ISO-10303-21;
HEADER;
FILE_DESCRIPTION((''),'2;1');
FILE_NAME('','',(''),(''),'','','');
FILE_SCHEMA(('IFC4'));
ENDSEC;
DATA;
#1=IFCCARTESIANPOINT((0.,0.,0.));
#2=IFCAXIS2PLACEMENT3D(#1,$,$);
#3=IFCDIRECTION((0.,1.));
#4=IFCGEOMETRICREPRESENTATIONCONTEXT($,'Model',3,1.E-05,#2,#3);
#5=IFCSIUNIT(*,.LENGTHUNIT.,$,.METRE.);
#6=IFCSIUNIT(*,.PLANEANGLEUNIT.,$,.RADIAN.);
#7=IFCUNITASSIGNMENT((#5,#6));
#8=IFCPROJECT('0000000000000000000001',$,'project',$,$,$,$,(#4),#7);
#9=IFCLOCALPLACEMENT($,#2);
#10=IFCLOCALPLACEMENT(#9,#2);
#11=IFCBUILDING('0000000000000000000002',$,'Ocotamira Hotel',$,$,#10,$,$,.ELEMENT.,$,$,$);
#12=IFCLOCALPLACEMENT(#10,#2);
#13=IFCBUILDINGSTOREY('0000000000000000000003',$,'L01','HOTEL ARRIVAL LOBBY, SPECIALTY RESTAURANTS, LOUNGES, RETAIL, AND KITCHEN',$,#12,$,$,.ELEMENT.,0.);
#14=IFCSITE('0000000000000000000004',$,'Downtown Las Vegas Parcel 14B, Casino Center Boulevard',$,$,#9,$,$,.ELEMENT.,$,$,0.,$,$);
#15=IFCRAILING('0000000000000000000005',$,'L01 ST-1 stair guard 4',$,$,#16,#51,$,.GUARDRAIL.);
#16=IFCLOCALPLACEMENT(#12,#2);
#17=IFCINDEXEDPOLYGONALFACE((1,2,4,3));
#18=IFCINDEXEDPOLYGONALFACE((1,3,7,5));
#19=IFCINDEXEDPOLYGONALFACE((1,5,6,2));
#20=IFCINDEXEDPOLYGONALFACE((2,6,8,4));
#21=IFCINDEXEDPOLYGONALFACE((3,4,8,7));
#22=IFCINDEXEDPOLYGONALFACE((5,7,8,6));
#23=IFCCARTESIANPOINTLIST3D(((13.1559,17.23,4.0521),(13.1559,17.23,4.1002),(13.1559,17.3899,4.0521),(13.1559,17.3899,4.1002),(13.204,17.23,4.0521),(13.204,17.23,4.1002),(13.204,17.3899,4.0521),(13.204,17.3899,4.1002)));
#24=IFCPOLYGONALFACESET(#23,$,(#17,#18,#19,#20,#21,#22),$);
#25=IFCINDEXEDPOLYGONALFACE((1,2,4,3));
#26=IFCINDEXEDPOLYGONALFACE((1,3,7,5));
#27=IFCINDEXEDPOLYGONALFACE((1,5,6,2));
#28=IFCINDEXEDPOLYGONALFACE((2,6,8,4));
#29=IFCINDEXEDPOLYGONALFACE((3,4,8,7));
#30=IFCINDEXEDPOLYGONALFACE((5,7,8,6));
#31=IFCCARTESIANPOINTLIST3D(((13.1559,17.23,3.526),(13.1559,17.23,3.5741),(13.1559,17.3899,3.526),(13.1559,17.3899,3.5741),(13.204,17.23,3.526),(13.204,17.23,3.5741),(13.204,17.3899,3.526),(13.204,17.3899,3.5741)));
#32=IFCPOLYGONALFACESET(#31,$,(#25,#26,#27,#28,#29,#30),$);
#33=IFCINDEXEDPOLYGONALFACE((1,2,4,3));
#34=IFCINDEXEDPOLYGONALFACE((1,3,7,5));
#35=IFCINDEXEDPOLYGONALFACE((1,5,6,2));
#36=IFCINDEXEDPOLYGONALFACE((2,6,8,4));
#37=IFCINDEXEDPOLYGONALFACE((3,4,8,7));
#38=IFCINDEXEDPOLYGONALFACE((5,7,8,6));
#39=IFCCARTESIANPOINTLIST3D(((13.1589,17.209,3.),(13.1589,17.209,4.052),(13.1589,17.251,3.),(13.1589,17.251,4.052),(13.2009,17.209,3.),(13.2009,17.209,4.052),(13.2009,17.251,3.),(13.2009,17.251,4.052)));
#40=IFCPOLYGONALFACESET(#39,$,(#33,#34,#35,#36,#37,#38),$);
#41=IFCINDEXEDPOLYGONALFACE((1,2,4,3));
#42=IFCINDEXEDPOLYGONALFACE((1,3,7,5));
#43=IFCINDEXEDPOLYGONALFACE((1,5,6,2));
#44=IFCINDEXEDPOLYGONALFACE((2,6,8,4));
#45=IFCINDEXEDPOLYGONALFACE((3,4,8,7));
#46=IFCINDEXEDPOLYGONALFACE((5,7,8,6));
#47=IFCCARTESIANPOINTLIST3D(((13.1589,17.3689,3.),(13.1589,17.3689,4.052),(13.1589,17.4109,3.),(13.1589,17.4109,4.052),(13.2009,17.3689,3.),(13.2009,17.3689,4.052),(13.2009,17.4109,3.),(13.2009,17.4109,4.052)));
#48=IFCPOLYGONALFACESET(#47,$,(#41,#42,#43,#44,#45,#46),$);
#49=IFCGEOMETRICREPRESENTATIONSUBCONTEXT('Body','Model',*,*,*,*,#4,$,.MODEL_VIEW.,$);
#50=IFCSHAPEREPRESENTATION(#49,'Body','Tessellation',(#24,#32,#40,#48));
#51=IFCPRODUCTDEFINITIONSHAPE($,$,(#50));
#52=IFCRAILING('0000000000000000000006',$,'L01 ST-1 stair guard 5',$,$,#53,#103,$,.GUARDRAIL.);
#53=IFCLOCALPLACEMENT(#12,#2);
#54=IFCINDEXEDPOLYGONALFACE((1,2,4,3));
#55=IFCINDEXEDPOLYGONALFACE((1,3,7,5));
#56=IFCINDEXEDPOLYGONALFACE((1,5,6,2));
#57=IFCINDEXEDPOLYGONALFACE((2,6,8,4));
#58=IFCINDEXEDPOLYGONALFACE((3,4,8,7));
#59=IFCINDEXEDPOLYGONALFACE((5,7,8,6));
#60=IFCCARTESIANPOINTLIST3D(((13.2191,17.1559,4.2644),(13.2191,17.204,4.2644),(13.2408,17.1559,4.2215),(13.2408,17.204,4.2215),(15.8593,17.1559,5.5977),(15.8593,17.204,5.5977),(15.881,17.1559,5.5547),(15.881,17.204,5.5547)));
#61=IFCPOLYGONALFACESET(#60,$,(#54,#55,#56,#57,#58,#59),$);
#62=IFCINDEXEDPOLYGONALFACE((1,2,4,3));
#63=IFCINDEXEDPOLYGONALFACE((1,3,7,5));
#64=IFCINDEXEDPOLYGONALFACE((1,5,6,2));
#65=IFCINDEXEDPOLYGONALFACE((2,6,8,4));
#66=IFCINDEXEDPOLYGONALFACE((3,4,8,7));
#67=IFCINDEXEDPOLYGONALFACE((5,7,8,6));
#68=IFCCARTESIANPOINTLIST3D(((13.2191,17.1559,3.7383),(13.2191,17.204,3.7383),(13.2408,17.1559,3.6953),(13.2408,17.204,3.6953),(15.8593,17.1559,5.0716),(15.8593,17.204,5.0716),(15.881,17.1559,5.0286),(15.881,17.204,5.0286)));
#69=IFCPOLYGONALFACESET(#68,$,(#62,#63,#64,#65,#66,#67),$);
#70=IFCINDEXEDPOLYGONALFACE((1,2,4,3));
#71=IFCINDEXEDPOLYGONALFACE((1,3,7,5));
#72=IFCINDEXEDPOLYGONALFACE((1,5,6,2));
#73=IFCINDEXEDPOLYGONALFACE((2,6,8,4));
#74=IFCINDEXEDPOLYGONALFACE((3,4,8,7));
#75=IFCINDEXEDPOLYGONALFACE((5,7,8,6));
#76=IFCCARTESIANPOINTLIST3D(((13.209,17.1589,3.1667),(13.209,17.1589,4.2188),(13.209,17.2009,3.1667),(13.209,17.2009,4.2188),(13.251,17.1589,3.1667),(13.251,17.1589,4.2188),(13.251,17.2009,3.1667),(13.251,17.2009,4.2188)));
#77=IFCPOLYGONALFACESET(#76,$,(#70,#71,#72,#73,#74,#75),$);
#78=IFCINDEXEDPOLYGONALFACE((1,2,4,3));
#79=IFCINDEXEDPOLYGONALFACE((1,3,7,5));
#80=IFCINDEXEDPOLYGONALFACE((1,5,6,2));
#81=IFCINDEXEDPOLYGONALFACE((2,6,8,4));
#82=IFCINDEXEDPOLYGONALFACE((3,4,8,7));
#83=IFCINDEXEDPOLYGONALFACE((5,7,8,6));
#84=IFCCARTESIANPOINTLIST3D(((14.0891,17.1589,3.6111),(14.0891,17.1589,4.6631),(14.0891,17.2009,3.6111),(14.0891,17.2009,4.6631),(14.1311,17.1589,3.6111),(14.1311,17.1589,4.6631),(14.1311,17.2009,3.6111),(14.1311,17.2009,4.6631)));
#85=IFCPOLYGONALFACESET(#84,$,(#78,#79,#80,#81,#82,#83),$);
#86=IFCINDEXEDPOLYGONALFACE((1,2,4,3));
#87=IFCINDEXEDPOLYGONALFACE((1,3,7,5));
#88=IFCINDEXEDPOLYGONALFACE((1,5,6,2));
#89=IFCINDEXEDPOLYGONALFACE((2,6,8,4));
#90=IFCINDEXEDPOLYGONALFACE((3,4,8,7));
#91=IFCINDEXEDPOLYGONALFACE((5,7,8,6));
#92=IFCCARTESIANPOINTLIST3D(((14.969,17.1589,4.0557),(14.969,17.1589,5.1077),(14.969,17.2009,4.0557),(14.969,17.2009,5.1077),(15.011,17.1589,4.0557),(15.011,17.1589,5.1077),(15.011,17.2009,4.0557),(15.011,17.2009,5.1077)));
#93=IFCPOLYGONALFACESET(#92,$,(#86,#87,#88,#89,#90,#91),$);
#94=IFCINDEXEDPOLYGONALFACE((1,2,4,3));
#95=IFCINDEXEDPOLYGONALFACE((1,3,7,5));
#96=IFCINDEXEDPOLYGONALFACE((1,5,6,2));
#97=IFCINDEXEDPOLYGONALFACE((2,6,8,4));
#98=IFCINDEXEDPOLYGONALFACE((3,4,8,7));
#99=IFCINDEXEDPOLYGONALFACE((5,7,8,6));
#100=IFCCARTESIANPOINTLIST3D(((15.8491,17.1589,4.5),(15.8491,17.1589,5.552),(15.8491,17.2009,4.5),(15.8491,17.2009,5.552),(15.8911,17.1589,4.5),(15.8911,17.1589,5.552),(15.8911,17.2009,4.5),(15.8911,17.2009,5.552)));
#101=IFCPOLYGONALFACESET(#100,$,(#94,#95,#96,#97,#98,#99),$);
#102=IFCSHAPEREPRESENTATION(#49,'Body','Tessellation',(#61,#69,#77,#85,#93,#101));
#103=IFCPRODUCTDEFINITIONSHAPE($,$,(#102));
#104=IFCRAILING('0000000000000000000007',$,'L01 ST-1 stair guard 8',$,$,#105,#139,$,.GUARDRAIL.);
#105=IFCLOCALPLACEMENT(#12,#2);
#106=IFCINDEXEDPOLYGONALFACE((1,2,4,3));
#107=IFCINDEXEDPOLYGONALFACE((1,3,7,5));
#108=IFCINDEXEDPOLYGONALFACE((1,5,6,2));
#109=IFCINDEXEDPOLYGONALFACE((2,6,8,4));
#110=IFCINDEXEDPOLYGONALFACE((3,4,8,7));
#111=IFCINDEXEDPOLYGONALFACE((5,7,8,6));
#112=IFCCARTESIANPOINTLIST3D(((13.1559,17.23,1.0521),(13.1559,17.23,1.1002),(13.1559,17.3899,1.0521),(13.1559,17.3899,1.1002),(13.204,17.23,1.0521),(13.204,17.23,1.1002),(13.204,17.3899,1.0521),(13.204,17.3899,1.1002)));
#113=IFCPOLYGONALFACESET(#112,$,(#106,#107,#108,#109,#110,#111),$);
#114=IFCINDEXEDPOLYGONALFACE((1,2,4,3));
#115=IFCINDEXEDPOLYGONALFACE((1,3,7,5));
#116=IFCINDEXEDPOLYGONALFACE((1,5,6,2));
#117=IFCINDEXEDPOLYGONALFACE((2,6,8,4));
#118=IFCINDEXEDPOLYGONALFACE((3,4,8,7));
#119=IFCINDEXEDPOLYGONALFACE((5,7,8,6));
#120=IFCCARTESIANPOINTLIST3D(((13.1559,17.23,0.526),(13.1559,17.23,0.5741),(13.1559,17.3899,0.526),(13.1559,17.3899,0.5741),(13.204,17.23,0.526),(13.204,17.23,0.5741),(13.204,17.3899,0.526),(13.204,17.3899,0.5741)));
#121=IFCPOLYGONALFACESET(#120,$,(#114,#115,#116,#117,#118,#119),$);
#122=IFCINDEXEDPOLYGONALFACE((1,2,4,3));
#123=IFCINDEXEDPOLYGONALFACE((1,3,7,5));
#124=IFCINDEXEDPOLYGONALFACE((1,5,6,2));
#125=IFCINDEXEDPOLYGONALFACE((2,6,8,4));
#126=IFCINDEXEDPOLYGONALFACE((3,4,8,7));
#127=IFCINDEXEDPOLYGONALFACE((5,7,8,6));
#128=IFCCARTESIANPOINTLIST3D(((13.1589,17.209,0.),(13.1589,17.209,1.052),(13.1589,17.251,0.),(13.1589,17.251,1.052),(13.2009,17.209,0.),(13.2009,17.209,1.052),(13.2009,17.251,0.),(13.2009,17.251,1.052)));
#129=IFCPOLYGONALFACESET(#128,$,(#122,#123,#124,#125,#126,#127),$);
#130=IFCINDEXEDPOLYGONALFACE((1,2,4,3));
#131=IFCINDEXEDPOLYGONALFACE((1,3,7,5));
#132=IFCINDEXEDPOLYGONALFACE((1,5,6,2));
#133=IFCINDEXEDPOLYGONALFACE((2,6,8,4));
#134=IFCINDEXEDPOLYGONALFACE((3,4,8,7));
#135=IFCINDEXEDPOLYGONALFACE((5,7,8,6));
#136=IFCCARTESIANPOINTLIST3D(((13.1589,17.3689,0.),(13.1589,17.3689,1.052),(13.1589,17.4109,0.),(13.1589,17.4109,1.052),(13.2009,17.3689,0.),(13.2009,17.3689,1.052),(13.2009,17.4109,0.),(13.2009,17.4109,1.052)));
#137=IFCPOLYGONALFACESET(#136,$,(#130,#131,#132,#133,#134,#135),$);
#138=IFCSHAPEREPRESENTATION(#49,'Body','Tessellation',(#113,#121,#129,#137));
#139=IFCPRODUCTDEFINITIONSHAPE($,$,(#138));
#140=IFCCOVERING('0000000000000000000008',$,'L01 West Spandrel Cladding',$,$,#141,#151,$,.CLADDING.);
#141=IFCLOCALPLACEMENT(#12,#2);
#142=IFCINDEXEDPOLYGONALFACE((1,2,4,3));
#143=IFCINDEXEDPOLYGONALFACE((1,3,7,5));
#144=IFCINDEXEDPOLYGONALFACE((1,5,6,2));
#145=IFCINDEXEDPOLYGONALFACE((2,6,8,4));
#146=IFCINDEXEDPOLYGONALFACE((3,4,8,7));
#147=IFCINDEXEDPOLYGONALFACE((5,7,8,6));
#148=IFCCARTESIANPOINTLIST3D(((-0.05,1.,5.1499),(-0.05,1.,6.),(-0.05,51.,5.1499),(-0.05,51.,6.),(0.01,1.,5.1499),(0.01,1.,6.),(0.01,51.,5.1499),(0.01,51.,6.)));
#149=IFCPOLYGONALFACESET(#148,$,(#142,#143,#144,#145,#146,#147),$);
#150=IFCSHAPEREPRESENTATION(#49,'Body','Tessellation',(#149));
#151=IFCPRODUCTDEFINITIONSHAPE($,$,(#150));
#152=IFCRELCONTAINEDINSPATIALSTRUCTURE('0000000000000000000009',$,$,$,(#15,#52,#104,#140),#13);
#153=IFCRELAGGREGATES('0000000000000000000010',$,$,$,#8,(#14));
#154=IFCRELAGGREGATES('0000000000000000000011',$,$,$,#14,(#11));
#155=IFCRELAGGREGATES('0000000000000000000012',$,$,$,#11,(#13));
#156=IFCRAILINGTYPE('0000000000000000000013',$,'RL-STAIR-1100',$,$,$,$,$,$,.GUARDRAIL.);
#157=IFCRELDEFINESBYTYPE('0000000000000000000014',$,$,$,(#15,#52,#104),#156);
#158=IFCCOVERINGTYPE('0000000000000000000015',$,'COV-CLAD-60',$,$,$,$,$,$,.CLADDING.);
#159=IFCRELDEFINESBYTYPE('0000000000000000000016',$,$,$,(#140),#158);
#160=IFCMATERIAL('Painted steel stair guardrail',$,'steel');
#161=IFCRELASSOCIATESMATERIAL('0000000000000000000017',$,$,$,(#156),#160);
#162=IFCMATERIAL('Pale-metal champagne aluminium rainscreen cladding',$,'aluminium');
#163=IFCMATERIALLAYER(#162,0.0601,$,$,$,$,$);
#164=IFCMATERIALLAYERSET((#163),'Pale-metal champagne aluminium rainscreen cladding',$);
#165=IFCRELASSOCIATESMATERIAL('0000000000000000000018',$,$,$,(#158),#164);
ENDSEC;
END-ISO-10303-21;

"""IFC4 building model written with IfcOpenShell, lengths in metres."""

from ifc_helpers import new_model, si_unit, direction, frame, origin, origin_2d, place, context, subcontext, project, spatial, rectangle, extrude, source, transform, mapped, material, layer, layer_set, type_object, element, save


model = new_model("IFC4")

# Units and contexts
model_context = context("Model", 3, precision=1e-05, world=origin(), true_north=direction((0.0, 1.0)))
body_context = subcontext(model_context, "Body", "Model", "MODEL_VIEW")
ifc_project = project(units=[si_unit("LENGTHUNIT", "METRE"), si_unit("PLANEANGLEUNIT", "RADIAN")], contexts=[model_context])

# Site, building, storey
site_placement = place(None, origin())
site = spatial("IfcSite", under=ifc_project, at=site_placement, Name="Downtown Las Vegas Parcel 14B, Casino Center Boulevard", CompositionType="ELEMENT", RefElevation=0.0)
building_placement = place(site_placement, origin())
building = spatial("IfcBuilding", under=site, at=building_placement, Name="Ocotamira Hotel", CompositionType="ELEMENT")
storey_placement = place(building_placement, origin())
storey = spatial("IfcBuildingStorey", under=building, at=storey_placement, Name="L01", Description="HOTEL ARRIVAL LOBBY, SPECIALTY RESTAURANTS, LOUNGES, RETAIL, AND KITCHEN", CompositionType="ELEMENT", Elevation=0.0)

# Railings
ifc_material_1 = material(Name="Painted steel stair guardrail", Category="steel")
railing_type_1 = type_object("IfcRailingType", Name="RL-STAIR-1100", PredefinedType="GUARDRAIL", material=ifc_material_1)
railing_1_placement = place(storey_placement, frame((13.1799, 17.23, 3.0)))
element("IfcRailing", 1, at=railing_1_placement, inside=storey, type_object=railing_type_1, Name="L01 ST-1 stair guard 4", PredefinedType="GUARDRAIL", context=body_context, shape_type="SweptSolid", body=[
    extrude(rectangle(XDim=0.0481, YDim=0.0481, at=origin_2d()), frame((0.0, 0.0, 1.0762), z_axis=(0.0, 1.0, 0.0), x_axis=(-1.0, 0.0, 0.0)), (0.0, 0.0, 1.0), 0.1599),
    extrude(rectangle(XDim=0.0481, YDim=0.0481, at=origin_2d()), frame((0.0, 0.0, 0.55), z_axis=(0.0, 1.0, 0.0), x_axis=(-1.0, 0.0, 0.0)), (0.0, 0.0, 1.0), 0.1599),
    extrude(rectangle(XDim=0.042, YDim=0.042, at=origin_2d()), origin(), (0.0, 0.0, 1.0), 1.052),
    extrude(rectangle(XDim=0.042, YDim=0.042, at=origin_2d()), frame((0.0, 0.1599, 0.0)), (0.0, 0.0, 1.0), 1.052),
])
railing_2_placement = place(storey_placement, frame((13.23, 17.1799, 3.1667)))
element("IfcRailing", 2, at=railing_2_placement, inside=storey, type_object=railing_type_1, Name="L01 ST-1 stair guard 5", PredefinedType="GUARDRAIL", context=body_context, shape_type="SweptSolid", body=[
    extrude(rectangle(XDim=0.0481, YDim=0.0481, at=origin_2d()), frame((0.0, 0.0, 1.0762), z_axis=(0.892637, 0.0, 0.450776), x_axis=(0.0, 1.0, 0.0)), (0.0, 0.0, 1.0), 2.9578),
    extrude(rectangle(XDim=0.0481, YDim=0.0481, at=origin_2d()), frame((0.0, 0.0, 0.55), z_axis=(0.892637, 0.0, 0.450776), x_axis=(0.0, 1.0, 0.0)), (0.0, 0.0, 1.0), 2.9578),
    extrude(rectangle(XDim=0.042, YDim=0.042, at=origin_2d()), origin(), (0.0, 0.0, 1.0), 1.052),
    extrude(rectangle(XDim=0.042, YDim=0.042, at=origin_2d()), frame((0.8801, 0.0, 0.4443)), (0.0, 0.0, 1.0), 1.052),
    extrude(rectangle(XDim=0.042, YDim=0.042, at=origin_2d()), frame((1.76, 0.0, 0.8889)), (0.0, 0.0, 1.0), 1.052),
    extrude(rectangle(XDim=0.042, YDim=0.042, at=origin_2d()), frame((2.6401, 0.0, 1.3333)), (0.0, 0.0, 1.0), 1.052),
])
railing_3_placement = place(storey_placement, frame((13.1799, 17.23, 0.0)))
element("IfcRailing", 3, at=railing_3_placement, inside=storey, type_object=railing_type_1, Name="L01 ST-1 stair guard 8", PredefinedType="GUARDRAIL", context=body_context, shape_type="SweptSolid", body=[
    extrude(rectangle(XDim=0.0481, YDim=0.0481, at=origin_2d()), frame((0.0, 0.0, 1.0762), z_axis=(0.0, 1.0, 0.0), x_axis=(-1.0, 0.0, 0.0)), (0.0, 0.0, 1.0), 0.1599),
    extrude(rectangle(XDim=0.0481, YDim=0.0481, at=origin_2d()), frame((0.0, 0.0, 0.55), z_axis=(0.0, 1.0, 0.0), x_axis=(-1.0, 0.0, 0.0)), (0.0, 0.0, 1.0), 0.1599),
    extrude(rectangle(XDim=0.042, YDim=0.042, at=origin_2d()), origin(), (0.0, 0.0, 1.0), 1.052),
    extrude(rectangle(XDim=0.042, YDim=0.042, at=origin_2d()), frame((0.0, 0.1599, 0.0)), (0.0, 0.0, 1.0), 1.052),
])

# Covering
ifc_material_2 = material(Name="Pale-metal champagne aluminium rainscreen cladding", Category="aluminium")
ifc_layer_1 = layer(ifc_material_2, 0.0601)
ifc_layer_set_1 = layer_set([ifc_layer_1], Name="Pale-metal champagne aluminium rainscreen cladding")
covering_type = type_object("IfcCoveringType", Name="COV-CLAD-60", PredefinedType="CLADDING", material=ifc_layer_set_1)
shared_shape_1 = source(origin(), body_context, "Body", "SweptSolid", [
    extrude(rectangle(XDim=0.0601, YDim=50.0, at=origin_2d()), origin(), (0.0, 0.0, 1.0), 0.8501),
])
covering_placement = place(storey_placement, frame((-0.02, 26.0, 5.1499), z_axis=(0.0, 0.0, 1.0), x_axis=(1.0, 0.0, 0.0)))
element("IfcCovering", 4, at=covering_placement, inside=storey, type_object=covering_type, Name="L01 West Spandrel Cladding", PredefinedType="CLADDING", context=body_context, shape_type="MappedRepresentation", body=[
    mapped(shared_shape_1, transform((0.0, 0.0, 0.0), scale=1.0)),
])

save(model, "model.ifc")
